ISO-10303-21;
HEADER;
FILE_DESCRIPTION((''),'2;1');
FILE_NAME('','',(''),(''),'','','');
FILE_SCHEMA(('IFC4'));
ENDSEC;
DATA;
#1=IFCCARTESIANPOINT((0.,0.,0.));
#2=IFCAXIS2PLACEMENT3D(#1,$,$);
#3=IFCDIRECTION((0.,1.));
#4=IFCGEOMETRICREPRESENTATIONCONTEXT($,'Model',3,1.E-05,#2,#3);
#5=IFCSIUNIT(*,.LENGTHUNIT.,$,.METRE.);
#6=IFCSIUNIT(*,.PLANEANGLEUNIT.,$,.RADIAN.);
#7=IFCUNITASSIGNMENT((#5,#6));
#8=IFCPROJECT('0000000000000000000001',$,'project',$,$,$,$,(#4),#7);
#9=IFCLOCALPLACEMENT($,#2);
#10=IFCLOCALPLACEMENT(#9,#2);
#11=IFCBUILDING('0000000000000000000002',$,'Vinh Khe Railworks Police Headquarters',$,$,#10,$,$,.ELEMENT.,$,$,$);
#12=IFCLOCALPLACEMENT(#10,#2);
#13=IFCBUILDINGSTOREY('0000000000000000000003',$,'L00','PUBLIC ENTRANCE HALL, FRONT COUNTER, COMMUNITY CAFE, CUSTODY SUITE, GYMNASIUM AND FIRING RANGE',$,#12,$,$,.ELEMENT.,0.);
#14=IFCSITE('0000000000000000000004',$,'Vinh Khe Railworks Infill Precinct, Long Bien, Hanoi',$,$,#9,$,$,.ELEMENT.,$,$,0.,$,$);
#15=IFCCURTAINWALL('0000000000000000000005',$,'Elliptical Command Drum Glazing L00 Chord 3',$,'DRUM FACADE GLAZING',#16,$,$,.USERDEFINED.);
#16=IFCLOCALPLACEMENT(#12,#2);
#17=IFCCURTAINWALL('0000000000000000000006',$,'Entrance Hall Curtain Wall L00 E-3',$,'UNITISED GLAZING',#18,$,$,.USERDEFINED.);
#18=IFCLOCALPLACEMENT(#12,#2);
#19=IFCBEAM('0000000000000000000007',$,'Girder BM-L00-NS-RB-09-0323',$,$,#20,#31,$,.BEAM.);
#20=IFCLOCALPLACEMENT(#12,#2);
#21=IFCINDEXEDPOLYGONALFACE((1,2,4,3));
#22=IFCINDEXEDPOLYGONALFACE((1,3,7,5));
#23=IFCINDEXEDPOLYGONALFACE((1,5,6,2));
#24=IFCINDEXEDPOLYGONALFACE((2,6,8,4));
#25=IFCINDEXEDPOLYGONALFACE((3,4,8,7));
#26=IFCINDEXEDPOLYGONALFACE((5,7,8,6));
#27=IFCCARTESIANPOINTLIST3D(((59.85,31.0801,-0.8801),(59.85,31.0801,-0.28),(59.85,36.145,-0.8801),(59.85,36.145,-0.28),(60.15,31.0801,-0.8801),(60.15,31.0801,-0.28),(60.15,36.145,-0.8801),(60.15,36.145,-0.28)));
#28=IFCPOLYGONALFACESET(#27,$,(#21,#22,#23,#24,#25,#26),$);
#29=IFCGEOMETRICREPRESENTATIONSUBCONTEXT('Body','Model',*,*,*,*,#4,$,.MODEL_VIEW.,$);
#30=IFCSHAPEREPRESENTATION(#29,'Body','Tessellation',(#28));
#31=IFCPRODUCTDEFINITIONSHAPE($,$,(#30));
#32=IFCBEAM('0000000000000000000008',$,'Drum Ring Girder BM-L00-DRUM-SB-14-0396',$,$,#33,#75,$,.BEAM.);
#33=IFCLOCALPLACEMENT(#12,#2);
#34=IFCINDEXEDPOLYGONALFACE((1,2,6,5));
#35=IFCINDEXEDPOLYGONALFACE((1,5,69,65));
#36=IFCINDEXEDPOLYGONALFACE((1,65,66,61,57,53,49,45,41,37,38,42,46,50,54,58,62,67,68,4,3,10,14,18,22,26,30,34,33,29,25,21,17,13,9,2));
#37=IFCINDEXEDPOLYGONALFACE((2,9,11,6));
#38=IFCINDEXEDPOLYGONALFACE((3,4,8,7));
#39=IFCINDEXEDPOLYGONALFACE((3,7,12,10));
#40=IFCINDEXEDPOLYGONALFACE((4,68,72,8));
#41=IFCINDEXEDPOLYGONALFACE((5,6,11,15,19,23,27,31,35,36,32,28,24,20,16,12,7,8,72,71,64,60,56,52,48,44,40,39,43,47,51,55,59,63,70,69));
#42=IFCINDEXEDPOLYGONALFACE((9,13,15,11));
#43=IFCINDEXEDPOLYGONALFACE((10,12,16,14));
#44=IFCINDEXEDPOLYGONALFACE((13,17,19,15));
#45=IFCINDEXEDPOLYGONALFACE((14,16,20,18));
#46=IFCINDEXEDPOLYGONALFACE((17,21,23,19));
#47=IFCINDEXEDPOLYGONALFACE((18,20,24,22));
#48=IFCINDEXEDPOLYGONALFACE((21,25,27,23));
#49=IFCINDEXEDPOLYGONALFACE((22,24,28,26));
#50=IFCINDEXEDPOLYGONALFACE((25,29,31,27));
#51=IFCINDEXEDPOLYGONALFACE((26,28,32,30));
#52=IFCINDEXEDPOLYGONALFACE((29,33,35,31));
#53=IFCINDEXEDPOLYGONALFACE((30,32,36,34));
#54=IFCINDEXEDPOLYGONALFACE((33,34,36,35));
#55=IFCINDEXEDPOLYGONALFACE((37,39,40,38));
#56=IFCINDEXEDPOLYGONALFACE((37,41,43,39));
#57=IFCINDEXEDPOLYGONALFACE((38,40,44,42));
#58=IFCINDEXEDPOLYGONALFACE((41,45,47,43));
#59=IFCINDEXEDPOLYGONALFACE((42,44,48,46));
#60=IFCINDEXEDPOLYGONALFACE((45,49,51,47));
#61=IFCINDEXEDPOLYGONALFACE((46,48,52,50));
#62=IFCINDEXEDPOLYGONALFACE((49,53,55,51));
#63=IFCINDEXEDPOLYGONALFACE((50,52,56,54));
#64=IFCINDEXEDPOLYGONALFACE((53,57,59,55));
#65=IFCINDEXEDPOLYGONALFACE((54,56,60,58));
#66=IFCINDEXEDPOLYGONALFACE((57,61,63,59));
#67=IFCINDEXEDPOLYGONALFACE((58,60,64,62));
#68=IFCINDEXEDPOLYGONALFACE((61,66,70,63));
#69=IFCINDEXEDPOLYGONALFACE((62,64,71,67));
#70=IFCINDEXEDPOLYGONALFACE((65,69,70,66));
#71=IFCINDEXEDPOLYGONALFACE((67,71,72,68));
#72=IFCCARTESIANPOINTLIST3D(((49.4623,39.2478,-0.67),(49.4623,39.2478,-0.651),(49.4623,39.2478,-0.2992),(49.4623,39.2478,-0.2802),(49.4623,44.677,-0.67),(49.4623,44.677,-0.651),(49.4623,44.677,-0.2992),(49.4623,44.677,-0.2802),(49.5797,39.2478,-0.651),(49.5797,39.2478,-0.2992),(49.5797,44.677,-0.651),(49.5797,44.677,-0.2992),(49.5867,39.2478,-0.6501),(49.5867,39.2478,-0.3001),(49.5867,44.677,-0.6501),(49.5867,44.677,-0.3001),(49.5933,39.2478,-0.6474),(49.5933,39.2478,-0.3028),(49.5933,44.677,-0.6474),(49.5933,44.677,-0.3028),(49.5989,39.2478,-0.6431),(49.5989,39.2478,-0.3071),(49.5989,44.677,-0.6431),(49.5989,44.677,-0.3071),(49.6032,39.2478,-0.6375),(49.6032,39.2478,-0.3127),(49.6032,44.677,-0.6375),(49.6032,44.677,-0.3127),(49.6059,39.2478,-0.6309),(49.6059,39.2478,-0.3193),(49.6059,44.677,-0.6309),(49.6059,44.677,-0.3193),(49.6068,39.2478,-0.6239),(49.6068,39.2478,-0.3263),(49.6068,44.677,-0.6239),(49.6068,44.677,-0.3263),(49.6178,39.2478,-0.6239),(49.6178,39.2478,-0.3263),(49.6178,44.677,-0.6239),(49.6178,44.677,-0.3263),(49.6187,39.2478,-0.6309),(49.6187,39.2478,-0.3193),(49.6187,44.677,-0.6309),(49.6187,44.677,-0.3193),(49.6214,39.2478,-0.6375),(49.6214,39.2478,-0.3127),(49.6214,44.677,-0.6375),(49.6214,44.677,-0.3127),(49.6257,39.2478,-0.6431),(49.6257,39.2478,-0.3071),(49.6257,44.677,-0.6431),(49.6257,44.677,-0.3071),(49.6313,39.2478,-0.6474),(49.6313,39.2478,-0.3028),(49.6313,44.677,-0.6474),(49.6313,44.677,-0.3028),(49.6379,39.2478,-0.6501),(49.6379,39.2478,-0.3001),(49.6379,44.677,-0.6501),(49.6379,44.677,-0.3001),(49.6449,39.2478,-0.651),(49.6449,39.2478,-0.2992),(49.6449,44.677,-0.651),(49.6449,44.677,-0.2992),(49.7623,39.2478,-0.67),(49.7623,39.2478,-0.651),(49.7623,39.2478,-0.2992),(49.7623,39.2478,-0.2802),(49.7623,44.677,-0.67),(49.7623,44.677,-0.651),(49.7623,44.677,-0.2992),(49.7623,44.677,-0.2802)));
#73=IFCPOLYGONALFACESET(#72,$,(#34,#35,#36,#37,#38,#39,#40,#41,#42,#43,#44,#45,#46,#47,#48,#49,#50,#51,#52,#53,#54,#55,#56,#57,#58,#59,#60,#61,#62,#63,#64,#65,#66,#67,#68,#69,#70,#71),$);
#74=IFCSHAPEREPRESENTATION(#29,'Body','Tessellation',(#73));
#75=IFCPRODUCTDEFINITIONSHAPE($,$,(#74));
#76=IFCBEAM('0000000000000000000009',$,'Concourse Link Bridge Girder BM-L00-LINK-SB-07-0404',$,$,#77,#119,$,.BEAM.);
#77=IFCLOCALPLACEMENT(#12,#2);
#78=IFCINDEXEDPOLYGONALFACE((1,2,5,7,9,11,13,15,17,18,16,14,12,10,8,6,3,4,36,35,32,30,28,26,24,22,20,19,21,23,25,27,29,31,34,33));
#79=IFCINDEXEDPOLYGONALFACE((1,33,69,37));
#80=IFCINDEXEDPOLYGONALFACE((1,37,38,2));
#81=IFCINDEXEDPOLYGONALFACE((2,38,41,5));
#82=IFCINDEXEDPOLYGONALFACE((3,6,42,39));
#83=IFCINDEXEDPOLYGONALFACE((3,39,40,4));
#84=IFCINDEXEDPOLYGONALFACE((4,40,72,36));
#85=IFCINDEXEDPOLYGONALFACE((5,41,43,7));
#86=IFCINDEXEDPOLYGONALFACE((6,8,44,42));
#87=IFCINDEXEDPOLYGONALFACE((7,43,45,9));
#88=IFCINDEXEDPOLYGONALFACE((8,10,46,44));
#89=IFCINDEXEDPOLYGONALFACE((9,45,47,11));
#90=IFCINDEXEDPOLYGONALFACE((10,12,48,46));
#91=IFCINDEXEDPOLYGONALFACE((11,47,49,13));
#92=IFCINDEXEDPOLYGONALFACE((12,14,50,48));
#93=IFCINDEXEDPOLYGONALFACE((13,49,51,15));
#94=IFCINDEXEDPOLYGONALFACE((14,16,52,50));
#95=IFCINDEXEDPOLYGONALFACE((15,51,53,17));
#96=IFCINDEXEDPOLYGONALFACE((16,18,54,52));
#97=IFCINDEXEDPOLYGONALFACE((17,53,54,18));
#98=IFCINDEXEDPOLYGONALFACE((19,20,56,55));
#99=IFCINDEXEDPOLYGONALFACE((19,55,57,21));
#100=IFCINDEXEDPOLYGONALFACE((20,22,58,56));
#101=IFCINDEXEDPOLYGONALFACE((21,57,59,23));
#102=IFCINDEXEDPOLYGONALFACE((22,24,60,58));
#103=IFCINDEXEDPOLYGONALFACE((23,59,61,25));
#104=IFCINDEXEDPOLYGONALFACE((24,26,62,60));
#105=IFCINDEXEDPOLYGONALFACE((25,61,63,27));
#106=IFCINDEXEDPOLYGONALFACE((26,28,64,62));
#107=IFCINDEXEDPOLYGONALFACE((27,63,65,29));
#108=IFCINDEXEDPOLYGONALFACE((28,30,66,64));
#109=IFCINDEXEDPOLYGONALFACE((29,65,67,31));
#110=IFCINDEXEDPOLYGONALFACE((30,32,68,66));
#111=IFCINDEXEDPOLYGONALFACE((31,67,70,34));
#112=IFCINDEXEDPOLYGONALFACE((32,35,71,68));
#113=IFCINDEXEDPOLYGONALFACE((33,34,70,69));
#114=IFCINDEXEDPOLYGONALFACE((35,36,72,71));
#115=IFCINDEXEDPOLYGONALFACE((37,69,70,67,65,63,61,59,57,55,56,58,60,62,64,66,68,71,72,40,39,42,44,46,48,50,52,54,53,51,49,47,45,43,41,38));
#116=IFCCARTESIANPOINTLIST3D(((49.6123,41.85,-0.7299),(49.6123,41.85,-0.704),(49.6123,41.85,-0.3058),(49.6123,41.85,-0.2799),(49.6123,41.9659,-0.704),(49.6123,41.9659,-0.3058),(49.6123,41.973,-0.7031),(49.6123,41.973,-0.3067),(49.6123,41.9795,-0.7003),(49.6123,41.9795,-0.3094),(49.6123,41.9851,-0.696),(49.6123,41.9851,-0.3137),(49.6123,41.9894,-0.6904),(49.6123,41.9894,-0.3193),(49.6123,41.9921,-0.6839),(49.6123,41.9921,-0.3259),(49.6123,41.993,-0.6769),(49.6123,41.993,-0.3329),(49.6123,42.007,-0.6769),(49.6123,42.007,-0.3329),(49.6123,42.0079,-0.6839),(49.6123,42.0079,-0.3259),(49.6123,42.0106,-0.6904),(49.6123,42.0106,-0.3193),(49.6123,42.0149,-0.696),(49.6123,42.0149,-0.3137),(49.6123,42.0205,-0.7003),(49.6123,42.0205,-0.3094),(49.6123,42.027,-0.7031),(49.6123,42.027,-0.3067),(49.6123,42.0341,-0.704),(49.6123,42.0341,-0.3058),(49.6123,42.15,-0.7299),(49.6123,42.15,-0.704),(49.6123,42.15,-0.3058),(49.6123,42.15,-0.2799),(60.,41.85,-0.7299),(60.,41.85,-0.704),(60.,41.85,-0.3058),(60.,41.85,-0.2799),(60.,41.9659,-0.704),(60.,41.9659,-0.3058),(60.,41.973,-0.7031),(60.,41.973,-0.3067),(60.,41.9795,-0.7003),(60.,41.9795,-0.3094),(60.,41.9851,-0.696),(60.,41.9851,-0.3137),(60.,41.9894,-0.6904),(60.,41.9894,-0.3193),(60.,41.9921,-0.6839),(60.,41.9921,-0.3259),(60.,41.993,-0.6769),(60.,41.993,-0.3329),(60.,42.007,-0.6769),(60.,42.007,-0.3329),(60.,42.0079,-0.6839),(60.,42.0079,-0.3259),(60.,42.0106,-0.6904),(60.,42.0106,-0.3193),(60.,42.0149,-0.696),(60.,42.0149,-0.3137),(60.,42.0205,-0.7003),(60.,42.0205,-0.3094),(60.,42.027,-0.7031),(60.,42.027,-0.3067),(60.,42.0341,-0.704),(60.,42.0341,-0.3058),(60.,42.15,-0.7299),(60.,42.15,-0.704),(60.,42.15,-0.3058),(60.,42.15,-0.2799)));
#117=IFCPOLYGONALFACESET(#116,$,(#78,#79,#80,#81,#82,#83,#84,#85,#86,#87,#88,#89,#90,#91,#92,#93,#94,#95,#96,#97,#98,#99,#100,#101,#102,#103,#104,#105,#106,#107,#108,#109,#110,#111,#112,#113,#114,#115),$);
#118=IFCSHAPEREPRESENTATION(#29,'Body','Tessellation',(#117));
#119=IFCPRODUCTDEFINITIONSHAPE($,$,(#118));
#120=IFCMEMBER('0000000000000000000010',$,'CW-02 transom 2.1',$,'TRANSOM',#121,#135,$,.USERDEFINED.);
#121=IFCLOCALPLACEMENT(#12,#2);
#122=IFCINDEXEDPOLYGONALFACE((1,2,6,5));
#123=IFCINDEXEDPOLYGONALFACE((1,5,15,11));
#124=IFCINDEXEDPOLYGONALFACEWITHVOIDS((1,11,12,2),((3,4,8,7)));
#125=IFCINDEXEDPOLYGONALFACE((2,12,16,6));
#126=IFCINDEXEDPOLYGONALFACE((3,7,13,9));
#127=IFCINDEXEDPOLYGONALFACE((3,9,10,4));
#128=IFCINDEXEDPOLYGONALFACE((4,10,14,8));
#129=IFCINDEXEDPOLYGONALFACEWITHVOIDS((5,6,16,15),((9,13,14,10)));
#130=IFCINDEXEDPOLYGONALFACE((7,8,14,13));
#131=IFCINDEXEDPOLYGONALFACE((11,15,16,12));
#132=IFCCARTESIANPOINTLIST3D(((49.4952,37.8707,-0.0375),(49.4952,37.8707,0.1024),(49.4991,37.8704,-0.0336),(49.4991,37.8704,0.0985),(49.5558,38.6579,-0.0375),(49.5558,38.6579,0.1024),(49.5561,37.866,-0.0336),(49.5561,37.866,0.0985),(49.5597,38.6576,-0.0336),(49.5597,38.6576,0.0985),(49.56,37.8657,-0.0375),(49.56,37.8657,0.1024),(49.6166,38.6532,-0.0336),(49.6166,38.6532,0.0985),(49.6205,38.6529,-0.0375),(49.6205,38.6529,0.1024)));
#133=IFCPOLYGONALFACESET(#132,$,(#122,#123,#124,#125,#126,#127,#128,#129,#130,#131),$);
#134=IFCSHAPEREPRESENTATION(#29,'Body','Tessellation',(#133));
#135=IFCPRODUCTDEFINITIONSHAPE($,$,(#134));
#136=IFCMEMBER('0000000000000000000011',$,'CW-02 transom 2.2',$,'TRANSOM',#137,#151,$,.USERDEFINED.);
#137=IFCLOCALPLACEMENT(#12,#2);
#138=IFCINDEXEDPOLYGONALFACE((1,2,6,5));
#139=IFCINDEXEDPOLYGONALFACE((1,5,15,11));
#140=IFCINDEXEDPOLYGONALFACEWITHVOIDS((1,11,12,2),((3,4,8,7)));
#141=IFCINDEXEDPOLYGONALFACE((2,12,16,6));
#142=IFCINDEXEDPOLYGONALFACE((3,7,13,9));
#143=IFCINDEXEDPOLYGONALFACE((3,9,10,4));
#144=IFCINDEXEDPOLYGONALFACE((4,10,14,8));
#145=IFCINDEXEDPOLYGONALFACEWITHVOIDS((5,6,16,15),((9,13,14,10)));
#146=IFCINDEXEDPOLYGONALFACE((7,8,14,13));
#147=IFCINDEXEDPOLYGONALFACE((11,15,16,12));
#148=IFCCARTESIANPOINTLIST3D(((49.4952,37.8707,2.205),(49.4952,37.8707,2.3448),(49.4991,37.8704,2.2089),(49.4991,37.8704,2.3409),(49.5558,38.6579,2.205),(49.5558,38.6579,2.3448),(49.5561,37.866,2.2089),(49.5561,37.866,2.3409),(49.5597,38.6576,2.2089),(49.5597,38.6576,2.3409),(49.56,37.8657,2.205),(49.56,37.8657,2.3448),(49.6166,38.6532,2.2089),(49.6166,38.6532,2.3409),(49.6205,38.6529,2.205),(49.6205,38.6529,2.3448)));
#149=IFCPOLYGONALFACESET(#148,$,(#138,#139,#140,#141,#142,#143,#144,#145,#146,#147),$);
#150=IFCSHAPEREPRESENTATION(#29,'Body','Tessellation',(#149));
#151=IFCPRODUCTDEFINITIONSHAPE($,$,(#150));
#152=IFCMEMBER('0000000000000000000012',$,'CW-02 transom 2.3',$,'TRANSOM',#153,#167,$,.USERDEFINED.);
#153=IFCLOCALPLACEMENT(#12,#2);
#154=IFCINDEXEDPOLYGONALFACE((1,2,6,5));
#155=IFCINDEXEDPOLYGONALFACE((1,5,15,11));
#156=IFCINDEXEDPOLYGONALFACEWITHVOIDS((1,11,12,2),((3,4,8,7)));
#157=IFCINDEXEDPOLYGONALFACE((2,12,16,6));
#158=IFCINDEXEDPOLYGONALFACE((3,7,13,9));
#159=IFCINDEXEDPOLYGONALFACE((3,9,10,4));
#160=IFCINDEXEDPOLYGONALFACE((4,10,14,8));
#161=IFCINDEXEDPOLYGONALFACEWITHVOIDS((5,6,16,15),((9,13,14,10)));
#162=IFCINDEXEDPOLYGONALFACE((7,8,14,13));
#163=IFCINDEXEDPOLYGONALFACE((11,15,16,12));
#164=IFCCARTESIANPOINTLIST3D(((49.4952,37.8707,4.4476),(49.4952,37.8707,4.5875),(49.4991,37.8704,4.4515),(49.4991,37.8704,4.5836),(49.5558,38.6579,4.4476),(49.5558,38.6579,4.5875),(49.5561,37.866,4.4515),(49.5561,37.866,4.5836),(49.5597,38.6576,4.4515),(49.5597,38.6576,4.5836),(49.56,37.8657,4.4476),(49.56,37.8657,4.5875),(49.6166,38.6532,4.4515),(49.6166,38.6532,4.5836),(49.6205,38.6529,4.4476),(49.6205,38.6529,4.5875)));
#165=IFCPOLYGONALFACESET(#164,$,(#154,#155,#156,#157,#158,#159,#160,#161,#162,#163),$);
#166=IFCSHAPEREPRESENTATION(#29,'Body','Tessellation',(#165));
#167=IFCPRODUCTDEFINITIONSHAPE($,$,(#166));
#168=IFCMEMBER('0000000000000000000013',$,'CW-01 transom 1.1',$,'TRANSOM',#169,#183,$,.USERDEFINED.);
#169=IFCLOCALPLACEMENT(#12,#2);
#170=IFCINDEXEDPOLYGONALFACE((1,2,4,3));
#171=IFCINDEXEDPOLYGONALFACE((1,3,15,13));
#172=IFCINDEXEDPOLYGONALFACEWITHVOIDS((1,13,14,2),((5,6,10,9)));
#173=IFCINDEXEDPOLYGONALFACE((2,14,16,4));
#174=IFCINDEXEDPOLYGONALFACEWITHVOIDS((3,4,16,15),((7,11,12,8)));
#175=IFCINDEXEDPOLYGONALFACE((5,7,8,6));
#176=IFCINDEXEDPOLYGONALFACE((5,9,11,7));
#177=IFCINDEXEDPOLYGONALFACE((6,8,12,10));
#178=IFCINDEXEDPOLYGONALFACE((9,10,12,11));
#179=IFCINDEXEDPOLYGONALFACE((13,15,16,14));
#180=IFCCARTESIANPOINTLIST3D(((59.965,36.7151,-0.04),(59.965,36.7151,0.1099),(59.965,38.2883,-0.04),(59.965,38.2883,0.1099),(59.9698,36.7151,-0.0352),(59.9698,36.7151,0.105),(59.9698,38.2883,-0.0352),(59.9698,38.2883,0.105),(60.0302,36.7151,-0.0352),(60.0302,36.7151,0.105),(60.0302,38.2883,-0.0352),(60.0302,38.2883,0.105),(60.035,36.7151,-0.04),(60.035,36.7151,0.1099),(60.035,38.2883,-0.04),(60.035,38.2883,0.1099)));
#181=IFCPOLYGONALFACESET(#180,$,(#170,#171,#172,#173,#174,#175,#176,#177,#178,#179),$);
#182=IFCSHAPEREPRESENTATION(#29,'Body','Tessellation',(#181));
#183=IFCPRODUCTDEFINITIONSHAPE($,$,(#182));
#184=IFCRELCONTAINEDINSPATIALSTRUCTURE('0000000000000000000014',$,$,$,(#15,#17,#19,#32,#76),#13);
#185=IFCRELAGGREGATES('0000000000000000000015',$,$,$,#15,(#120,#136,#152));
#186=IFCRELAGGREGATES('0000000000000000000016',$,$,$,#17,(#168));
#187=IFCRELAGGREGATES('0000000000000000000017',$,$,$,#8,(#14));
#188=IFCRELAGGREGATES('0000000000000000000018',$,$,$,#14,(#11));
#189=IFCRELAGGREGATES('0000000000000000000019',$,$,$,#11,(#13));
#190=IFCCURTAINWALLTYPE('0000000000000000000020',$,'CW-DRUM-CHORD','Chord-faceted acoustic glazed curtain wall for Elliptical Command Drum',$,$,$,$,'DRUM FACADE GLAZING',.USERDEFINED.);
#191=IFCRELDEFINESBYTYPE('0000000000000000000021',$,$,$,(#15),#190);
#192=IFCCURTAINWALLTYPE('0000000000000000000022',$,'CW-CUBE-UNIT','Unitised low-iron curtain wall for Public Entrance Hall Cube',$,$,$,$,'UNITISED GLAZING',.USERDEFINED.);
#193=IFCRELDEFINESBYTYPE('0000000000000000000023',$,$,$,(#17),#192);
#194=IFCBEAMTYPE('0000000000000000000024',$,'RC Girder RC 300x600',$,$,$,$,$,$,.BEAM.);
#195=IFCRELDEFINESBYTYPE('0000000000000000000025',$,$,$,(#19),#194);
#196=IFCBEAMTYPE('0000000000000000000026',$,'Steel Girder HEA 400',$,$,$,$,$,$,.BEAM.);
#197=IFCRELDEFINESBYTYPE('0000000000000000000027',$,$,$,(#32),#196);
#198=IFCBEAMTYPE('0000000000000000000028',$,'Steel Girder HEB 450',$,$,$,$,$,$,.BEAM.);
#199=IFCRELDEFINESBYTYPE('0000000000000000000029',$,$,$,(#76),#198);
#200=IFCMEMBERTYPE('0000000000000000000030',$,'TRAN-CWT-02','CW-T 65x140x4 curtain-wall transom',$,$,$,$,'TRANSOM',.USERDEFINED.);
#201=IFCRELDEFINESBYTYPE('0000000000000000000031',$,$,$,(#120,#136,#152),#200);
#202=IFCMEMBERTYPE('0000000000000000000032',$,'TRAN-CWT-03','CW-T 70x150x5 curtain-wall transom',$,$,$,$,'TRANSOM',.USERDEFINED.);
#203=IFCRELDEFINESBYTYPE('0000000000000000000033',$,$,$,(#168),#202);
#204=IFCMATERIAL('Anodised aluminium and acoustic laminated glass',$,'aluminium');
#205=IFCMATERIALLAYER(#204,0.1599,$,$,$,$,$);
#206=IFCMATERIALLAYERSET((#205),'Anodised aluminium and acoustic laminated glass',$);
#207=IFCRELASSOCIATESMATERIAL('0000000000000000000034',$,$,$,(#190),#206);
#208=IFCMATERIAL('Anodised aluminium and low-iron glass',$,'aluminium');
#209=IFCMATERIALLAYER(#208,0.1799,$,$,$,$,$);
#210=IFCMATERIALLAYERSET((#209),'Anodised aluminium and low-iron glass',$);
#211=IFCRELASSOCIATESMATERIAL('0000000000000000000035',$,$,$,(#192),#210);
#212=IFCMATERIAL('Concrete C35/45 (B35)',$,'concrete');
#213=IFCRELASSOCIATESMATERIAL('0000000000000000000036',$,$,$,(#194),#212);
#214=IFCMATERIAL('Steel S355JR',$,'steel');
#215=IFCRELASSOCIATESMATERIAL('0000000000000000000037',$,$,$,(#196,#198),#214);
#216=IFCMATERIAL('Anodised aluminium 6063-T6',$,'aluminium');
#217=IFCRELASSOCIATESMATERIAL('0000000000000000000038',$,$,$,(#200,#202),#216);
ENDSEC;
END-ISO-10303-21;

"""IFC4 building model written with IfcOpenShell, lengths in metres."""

from ifc_helpers import new_model, si_unit, direction, frame, origin, origin_2d, place, context, subcontext, project, spatial, rectangle, hollow_rectangle, i_section, extrude, material, layer, layer_set, material_profile, profile_set, type_object, element, aggregate, save


model = new_model("IFC4")

# Units and contexts
model_context = context("Model", 3, precision=1e-05, world=origin(), true_north=direction((0.0, 1.0)))
body_context = subcontext(model_context, "Body", "Model", "MODEL_VIEW")
ifc_project = project(units=[si_unit("LENGTHUNIT", "METRE"), si_unit("PLANEANGLEUNIT", "RADIAN")], contexts=[model_context])

# Site, building, storey
site_placement = place(None, origin())
site = spatial("IfcSite", under=ifc_project, at=site_placement, Name="Vinh Khe Railworks Infill Precinct, Long Bien, Hanoi", CompositionType="ELEMENT", RefElevation=0.0)
building_placement = place(site_placement, origin())
building = spatial("IfcBuilding", under=site, at=building_placement, Name="Vinh Khe Railworks Police Headquarters", CompositionType="ELEMENT")
storey_placement = place(building_placement, origin())
storey = spatial("IfcBuildingStorey", under=building, at=storey_placement, Name="L00", Description="PUBLIC ENTRANCE HALL, FRONT COUNTER, COMMUNITY CAFE, CUSTODY SUITE, GYMNASIUM AND FIRING RANGE", CompositionType="ELEMENT", Elevation=0.0)

# Shared definitions
ifc_material_1 = material(Name="Steel S355JR", Category="steel")

# Curtain walls
ifc_material_2 = material(Name="Anodised aluminium and acoustic laminated glass", Category="aluminium")
ifc_layer_1 = layer(ifc_material_2, 0.1599)
ifc_layer_set_1 = layer_set([ifc_layer_1], Name="Anodised aluminium and acoustic laminated glass")
curtain_wall_type_1 = type_object("IfcCurtainWallType", Name="CW-DRUM-CHORD", Description="Chord-faceted acoustic glazed curtain wall for Elliptical Command Drum", ElementType="DRUM FACADE GLAZING", PredefinedType="USERDEFINED", material=ifc_layer_set_1)
curtain_wall_1_placement = place(storey_placement, origin())
curtain_wall_1 = element("IfcCurtainWall", 1, at=curtain_wall_1_placement, inside=storey, type_object=curtain_wall_type_1, Name="Elliptical Command Drum Glazing L00 Chord 3", ObjectType="DRUM FACADE GLAZING", PredefinedType="USERDEFINED")
ifc_material_3 = material(Name="Anodised aluminium 6063-T6", Category="aluminium")
ifc_material_4 = material(Name="Anodised aluminium and low-iron glass", Category="aluminium")
ifc_layer_2 = layer(ifc_material_4, 0.1799)
ifc_layer_set_2 = layer_set([ifc_layer_2], Name="Anodised aluminium and low-iron glass")
curtain_wall_type_2 = type_object("IfcCurtainWallType", Name="CW-CUBE-UNIT", Description="Unitised low-iron curtain wall for Public Entrance Hall Cube", ElementType="UNITISED GLAZING", PredefinedType="USERDEFINED", material=ifc_layer_set_2)
curtain_wall_2_placement = place(storey_placement, origin())
curtain_wall_2 = element("IfcCurtainWall", 2, at=curtain_wall_2_placement, inside=storey, type_object=curtain_wall_type_2, Name="Entrance Hall Curtain Wall L00 E-3", ObjectType="UNITISED GLAZING", PredefinedType="USERDEFINED")

# Beams
ifc_material_5 = material(Name="Concrete C35/45 (B35)", Category="concrete")
ifc_material_profile_1 = material_profile(ifc_material_5, rectangle(XDim=0.3, YDim=0.6001, at=origin_2d()), Name="RC 300x600")
ifc_profile_set_1 = profile_set([ifc_material_profile_1], Name="Concrete C35/45 (B35)")
beam_type_1 = type_object("IfcBeamType", Name="RC Girder RC 300x600", PredefinedType="BEAM", material=ifc_profile_set_1)
beam_1_placement = place(storey_placement, frame((60.0, 31.0801, -0.5801), z_axis=(0.0, 1.0, 0.0), x_axis=(-1.0, 0.0, 0.0)))
element("IfcBeam", 3, at=beam_1_placement, inside=storey, type_object=beam_type_1, Name="Girder BM-L00-NS-RB-09-0323", PredefinedType="BEAM", context=body_context, shape_type="SweptSolid", body=[
    extrude(rectangle(XDim=0.3, YDim=0.6001, at=origin_2d()), origin(), (0.0, 0.0, 1.0), 5.0649),
])
ifc_material_profile_2 = material_profile(ifc_material_1, i_section(OverallWidth=0.3, OverallDepth=0.3899, WebThickness=0.011, FlangeThickness=0.019, FilletRadius=0.0271, at=origin_2d()), Name="HEA 400")
ifc_profile_set_2 = profile_set([ifc_material_profile_2], Name="Steel S355JR")
beam_type_2 = type_object("IfcBeamType", Name="Steel Girder HEA 400", PredefinedType="BEAM", material=ifc_profile_set_2)
beam_2_placement = place(storey_placement, frame((49.6123, 39.2478, -0.4751), z_axis=(0.0, 1.0, 0.0), x_axis=(-1.0, 0.0, 0.0)))
element("IfcBeam", 4, at=beam_2_placement, inside=storey, type_object=beam_type_2, Name="Drum Ring Girder BM-L00-DRUM-SB-14-0396", PredefinedType="BEAM", context=body_context, shape_type="SweptSolid", body=[
    extrude(i_section(OverallWidth=0.3, OverallDepth=0.3899, WebThickness=0.011, FlangeThickness=0.019, FilletRadius=0.0271, at=origin_2d()), origin(), (0.0, 0.0, 1.0), 5.4292),
])
ifc_material_profile_3 = material_profile(ifc_material_1, i_section(OverallWidth=0.3, OverallDepth=0.45, WebThickness=0.0139, FlangeThickness=0.0259, FilletRadius=0.0271, at=origin_2d()), Name="HEB 450")
ifc_profile_set_3 = profile_set([ifc_material_profile_3], Name="Steel S355JR")
beam_type_3 = type_object("IfcBeamType", Name="Steel Girder HEB 450", PredefinedType="BEAM", material=ifc_profile_set_3)
beam_3_placement = place(storey_placement, frame((49.6123, 42.0, -0.5049), z_axis=(1.0, 0.0, 0.0), x_axis=(0.0, 1.0, 0.0)))
element("IfcBeam", 5, at=beam_3_placement, inside=storey, type_object=beam_type_3, Name="Concourse Link Bridge Girder BM-L00-LINK-SB-07-0404", PredefinedType="BEAM", context=body_context, shape_type="SweptSolid", body=[
    extrude(i_section(OverallWidth=0.3, OverallDepth=0.45, WebThickness=0.0139, FlangeThickness=0.0259, FilletRadius=0.0271, at=origin_2d()), origin(), (0.0, 0.0, 1.0), 10.3877),
])

# Members
ifc_material_profile_4 = material_profile(ifc_material_3, hollow_rectangle(XDim=0.0649, YDim=0.1399, WallThickness=0.0039, at=origin_2d()), Name="CW-T 65x140x4")
ifc_profile_set_4 = profile_set([ifc_material_profile_4], Name="Anodised aluminium 6063-T6")
member_type_1 = type_object("IfcMemberType", Name="TRAN-CWT-02", Description="CW-T 65x140x4 curtain-wall transom", ElementType="TRANSOM", PredefinedType="USERDEFINED", material=ifc_profile_set_4)
member_1_placement = place(storey_placement, frame((49.5276, 37.8682, 0.0325), z_axis=(0.076696, 0.997054, 0.0), x_axis=(-0.997054, 0.076696, 0.0)))
member_1 = element("IfcMember", 6, at=member_1_placement, type_object=member_type_1, Name="CW-02 transom 2.1", ObjectType="TRANSOM", PredefinedType="USERDEFINED", context=body_context, shape_type="SweptSolid", body=[
    extrude(hollow_rectangle(XDim=0.0649, YDim=0.1399, WallThickness=0.0039, at=origin_2d()), origin(), (0.0, 0.0, 1.0), 0.7896),
])
member_2_placement = place(storey_placement, frame((49.5276, 37.8682, 2.2749), z_axis=(0.076696, 0.997054, 0.0), x_axis=(-0.997054, 0.076696, 0.0)))
member_2 = element("IfcMember", 7, at=member_2_placement, type_object=member_type_1, Name="CW-02 transom 2.2", ObjectType="TRANSOM", PredefinedType="USERDEFINED", context=body_context, shape_type="SweptSolid", body=[
    extrude(hollow_rectangle(XDim=0.0649, YDim=0.1399, WallThickness=0.0039, at=origin_2d()), origin(), (0.0, 0.0, 1.0), 0.7896),
])
member_3_placement = place(storey_placement, frame((49.5276, 37.8682, 4.5176), z_axis=(0.076696, 0.997054, 0.0), x_axis=(-0.997054, 0.076696, 0.0)))
member_3 = element("IfcMember", 8, at=member_3_placement, type_object=member_type_1, Name="CW-02 transom 2.3", ObjectType="TRANSOM", PredefinedType="USERDEFINED", context=body_context, shape_type="SweptSolid", body=[
    extrude(hollow_rectangle(XDim=0.0649, YDim=0.1399, WallThickness=0.0039, at=origin_2d()), origin(), (0.0, 0.0, 1.0), 0.7896),
])
ifc_material_profile_5 = material_profile(ifc_material_3, hollow_rectangle(XDim=0.0701, YDim=0.1499, WallThickness=0.0049, at=origin_2d()), Name="CW-T 70x150x5")
ifc_profile_set_5 = profile_set([ifc_material_profile_5], Name="Anodised aluminium 6063-T6")
member_type_2 = type_object("IfcMemberType", Name="TRAN-CWT-03", Description="CW-T 70x150x5 curtain-wall transom", ElementType="TRANSOM", PredefinedType="USERDEFINED", material=ifc_profile_set_5)
member_4_placement = place(storey_placement, frame((60.0, 36.7151, 0.0349), z_axis=(0.0, 1.0, 0.0), x_axis=(-1.0, 0.0, 0.0)))
member_4 = element("IfcMember", 9, at=member_4_placement, type_object=member_type_2, Name="CW-01 transom 1.1", ObjectType="TRANSOM", PredefinedType="USERDEFINED", context=body_context, shape_type="SweptSolid", body=[
    extrude(hollow_rectangle(XDim=0.0701, YDim=0.1499, WallThickness=0.0049, at=origin_2d()), origin(), (0.0, 0.0, 1.0), 1.5732),
])

aggregate(curtain_wall_1, [member_1, member_2, member_3])
aggregate(curtain_wall_2, [member_4])

save(model, "model.ifc")
